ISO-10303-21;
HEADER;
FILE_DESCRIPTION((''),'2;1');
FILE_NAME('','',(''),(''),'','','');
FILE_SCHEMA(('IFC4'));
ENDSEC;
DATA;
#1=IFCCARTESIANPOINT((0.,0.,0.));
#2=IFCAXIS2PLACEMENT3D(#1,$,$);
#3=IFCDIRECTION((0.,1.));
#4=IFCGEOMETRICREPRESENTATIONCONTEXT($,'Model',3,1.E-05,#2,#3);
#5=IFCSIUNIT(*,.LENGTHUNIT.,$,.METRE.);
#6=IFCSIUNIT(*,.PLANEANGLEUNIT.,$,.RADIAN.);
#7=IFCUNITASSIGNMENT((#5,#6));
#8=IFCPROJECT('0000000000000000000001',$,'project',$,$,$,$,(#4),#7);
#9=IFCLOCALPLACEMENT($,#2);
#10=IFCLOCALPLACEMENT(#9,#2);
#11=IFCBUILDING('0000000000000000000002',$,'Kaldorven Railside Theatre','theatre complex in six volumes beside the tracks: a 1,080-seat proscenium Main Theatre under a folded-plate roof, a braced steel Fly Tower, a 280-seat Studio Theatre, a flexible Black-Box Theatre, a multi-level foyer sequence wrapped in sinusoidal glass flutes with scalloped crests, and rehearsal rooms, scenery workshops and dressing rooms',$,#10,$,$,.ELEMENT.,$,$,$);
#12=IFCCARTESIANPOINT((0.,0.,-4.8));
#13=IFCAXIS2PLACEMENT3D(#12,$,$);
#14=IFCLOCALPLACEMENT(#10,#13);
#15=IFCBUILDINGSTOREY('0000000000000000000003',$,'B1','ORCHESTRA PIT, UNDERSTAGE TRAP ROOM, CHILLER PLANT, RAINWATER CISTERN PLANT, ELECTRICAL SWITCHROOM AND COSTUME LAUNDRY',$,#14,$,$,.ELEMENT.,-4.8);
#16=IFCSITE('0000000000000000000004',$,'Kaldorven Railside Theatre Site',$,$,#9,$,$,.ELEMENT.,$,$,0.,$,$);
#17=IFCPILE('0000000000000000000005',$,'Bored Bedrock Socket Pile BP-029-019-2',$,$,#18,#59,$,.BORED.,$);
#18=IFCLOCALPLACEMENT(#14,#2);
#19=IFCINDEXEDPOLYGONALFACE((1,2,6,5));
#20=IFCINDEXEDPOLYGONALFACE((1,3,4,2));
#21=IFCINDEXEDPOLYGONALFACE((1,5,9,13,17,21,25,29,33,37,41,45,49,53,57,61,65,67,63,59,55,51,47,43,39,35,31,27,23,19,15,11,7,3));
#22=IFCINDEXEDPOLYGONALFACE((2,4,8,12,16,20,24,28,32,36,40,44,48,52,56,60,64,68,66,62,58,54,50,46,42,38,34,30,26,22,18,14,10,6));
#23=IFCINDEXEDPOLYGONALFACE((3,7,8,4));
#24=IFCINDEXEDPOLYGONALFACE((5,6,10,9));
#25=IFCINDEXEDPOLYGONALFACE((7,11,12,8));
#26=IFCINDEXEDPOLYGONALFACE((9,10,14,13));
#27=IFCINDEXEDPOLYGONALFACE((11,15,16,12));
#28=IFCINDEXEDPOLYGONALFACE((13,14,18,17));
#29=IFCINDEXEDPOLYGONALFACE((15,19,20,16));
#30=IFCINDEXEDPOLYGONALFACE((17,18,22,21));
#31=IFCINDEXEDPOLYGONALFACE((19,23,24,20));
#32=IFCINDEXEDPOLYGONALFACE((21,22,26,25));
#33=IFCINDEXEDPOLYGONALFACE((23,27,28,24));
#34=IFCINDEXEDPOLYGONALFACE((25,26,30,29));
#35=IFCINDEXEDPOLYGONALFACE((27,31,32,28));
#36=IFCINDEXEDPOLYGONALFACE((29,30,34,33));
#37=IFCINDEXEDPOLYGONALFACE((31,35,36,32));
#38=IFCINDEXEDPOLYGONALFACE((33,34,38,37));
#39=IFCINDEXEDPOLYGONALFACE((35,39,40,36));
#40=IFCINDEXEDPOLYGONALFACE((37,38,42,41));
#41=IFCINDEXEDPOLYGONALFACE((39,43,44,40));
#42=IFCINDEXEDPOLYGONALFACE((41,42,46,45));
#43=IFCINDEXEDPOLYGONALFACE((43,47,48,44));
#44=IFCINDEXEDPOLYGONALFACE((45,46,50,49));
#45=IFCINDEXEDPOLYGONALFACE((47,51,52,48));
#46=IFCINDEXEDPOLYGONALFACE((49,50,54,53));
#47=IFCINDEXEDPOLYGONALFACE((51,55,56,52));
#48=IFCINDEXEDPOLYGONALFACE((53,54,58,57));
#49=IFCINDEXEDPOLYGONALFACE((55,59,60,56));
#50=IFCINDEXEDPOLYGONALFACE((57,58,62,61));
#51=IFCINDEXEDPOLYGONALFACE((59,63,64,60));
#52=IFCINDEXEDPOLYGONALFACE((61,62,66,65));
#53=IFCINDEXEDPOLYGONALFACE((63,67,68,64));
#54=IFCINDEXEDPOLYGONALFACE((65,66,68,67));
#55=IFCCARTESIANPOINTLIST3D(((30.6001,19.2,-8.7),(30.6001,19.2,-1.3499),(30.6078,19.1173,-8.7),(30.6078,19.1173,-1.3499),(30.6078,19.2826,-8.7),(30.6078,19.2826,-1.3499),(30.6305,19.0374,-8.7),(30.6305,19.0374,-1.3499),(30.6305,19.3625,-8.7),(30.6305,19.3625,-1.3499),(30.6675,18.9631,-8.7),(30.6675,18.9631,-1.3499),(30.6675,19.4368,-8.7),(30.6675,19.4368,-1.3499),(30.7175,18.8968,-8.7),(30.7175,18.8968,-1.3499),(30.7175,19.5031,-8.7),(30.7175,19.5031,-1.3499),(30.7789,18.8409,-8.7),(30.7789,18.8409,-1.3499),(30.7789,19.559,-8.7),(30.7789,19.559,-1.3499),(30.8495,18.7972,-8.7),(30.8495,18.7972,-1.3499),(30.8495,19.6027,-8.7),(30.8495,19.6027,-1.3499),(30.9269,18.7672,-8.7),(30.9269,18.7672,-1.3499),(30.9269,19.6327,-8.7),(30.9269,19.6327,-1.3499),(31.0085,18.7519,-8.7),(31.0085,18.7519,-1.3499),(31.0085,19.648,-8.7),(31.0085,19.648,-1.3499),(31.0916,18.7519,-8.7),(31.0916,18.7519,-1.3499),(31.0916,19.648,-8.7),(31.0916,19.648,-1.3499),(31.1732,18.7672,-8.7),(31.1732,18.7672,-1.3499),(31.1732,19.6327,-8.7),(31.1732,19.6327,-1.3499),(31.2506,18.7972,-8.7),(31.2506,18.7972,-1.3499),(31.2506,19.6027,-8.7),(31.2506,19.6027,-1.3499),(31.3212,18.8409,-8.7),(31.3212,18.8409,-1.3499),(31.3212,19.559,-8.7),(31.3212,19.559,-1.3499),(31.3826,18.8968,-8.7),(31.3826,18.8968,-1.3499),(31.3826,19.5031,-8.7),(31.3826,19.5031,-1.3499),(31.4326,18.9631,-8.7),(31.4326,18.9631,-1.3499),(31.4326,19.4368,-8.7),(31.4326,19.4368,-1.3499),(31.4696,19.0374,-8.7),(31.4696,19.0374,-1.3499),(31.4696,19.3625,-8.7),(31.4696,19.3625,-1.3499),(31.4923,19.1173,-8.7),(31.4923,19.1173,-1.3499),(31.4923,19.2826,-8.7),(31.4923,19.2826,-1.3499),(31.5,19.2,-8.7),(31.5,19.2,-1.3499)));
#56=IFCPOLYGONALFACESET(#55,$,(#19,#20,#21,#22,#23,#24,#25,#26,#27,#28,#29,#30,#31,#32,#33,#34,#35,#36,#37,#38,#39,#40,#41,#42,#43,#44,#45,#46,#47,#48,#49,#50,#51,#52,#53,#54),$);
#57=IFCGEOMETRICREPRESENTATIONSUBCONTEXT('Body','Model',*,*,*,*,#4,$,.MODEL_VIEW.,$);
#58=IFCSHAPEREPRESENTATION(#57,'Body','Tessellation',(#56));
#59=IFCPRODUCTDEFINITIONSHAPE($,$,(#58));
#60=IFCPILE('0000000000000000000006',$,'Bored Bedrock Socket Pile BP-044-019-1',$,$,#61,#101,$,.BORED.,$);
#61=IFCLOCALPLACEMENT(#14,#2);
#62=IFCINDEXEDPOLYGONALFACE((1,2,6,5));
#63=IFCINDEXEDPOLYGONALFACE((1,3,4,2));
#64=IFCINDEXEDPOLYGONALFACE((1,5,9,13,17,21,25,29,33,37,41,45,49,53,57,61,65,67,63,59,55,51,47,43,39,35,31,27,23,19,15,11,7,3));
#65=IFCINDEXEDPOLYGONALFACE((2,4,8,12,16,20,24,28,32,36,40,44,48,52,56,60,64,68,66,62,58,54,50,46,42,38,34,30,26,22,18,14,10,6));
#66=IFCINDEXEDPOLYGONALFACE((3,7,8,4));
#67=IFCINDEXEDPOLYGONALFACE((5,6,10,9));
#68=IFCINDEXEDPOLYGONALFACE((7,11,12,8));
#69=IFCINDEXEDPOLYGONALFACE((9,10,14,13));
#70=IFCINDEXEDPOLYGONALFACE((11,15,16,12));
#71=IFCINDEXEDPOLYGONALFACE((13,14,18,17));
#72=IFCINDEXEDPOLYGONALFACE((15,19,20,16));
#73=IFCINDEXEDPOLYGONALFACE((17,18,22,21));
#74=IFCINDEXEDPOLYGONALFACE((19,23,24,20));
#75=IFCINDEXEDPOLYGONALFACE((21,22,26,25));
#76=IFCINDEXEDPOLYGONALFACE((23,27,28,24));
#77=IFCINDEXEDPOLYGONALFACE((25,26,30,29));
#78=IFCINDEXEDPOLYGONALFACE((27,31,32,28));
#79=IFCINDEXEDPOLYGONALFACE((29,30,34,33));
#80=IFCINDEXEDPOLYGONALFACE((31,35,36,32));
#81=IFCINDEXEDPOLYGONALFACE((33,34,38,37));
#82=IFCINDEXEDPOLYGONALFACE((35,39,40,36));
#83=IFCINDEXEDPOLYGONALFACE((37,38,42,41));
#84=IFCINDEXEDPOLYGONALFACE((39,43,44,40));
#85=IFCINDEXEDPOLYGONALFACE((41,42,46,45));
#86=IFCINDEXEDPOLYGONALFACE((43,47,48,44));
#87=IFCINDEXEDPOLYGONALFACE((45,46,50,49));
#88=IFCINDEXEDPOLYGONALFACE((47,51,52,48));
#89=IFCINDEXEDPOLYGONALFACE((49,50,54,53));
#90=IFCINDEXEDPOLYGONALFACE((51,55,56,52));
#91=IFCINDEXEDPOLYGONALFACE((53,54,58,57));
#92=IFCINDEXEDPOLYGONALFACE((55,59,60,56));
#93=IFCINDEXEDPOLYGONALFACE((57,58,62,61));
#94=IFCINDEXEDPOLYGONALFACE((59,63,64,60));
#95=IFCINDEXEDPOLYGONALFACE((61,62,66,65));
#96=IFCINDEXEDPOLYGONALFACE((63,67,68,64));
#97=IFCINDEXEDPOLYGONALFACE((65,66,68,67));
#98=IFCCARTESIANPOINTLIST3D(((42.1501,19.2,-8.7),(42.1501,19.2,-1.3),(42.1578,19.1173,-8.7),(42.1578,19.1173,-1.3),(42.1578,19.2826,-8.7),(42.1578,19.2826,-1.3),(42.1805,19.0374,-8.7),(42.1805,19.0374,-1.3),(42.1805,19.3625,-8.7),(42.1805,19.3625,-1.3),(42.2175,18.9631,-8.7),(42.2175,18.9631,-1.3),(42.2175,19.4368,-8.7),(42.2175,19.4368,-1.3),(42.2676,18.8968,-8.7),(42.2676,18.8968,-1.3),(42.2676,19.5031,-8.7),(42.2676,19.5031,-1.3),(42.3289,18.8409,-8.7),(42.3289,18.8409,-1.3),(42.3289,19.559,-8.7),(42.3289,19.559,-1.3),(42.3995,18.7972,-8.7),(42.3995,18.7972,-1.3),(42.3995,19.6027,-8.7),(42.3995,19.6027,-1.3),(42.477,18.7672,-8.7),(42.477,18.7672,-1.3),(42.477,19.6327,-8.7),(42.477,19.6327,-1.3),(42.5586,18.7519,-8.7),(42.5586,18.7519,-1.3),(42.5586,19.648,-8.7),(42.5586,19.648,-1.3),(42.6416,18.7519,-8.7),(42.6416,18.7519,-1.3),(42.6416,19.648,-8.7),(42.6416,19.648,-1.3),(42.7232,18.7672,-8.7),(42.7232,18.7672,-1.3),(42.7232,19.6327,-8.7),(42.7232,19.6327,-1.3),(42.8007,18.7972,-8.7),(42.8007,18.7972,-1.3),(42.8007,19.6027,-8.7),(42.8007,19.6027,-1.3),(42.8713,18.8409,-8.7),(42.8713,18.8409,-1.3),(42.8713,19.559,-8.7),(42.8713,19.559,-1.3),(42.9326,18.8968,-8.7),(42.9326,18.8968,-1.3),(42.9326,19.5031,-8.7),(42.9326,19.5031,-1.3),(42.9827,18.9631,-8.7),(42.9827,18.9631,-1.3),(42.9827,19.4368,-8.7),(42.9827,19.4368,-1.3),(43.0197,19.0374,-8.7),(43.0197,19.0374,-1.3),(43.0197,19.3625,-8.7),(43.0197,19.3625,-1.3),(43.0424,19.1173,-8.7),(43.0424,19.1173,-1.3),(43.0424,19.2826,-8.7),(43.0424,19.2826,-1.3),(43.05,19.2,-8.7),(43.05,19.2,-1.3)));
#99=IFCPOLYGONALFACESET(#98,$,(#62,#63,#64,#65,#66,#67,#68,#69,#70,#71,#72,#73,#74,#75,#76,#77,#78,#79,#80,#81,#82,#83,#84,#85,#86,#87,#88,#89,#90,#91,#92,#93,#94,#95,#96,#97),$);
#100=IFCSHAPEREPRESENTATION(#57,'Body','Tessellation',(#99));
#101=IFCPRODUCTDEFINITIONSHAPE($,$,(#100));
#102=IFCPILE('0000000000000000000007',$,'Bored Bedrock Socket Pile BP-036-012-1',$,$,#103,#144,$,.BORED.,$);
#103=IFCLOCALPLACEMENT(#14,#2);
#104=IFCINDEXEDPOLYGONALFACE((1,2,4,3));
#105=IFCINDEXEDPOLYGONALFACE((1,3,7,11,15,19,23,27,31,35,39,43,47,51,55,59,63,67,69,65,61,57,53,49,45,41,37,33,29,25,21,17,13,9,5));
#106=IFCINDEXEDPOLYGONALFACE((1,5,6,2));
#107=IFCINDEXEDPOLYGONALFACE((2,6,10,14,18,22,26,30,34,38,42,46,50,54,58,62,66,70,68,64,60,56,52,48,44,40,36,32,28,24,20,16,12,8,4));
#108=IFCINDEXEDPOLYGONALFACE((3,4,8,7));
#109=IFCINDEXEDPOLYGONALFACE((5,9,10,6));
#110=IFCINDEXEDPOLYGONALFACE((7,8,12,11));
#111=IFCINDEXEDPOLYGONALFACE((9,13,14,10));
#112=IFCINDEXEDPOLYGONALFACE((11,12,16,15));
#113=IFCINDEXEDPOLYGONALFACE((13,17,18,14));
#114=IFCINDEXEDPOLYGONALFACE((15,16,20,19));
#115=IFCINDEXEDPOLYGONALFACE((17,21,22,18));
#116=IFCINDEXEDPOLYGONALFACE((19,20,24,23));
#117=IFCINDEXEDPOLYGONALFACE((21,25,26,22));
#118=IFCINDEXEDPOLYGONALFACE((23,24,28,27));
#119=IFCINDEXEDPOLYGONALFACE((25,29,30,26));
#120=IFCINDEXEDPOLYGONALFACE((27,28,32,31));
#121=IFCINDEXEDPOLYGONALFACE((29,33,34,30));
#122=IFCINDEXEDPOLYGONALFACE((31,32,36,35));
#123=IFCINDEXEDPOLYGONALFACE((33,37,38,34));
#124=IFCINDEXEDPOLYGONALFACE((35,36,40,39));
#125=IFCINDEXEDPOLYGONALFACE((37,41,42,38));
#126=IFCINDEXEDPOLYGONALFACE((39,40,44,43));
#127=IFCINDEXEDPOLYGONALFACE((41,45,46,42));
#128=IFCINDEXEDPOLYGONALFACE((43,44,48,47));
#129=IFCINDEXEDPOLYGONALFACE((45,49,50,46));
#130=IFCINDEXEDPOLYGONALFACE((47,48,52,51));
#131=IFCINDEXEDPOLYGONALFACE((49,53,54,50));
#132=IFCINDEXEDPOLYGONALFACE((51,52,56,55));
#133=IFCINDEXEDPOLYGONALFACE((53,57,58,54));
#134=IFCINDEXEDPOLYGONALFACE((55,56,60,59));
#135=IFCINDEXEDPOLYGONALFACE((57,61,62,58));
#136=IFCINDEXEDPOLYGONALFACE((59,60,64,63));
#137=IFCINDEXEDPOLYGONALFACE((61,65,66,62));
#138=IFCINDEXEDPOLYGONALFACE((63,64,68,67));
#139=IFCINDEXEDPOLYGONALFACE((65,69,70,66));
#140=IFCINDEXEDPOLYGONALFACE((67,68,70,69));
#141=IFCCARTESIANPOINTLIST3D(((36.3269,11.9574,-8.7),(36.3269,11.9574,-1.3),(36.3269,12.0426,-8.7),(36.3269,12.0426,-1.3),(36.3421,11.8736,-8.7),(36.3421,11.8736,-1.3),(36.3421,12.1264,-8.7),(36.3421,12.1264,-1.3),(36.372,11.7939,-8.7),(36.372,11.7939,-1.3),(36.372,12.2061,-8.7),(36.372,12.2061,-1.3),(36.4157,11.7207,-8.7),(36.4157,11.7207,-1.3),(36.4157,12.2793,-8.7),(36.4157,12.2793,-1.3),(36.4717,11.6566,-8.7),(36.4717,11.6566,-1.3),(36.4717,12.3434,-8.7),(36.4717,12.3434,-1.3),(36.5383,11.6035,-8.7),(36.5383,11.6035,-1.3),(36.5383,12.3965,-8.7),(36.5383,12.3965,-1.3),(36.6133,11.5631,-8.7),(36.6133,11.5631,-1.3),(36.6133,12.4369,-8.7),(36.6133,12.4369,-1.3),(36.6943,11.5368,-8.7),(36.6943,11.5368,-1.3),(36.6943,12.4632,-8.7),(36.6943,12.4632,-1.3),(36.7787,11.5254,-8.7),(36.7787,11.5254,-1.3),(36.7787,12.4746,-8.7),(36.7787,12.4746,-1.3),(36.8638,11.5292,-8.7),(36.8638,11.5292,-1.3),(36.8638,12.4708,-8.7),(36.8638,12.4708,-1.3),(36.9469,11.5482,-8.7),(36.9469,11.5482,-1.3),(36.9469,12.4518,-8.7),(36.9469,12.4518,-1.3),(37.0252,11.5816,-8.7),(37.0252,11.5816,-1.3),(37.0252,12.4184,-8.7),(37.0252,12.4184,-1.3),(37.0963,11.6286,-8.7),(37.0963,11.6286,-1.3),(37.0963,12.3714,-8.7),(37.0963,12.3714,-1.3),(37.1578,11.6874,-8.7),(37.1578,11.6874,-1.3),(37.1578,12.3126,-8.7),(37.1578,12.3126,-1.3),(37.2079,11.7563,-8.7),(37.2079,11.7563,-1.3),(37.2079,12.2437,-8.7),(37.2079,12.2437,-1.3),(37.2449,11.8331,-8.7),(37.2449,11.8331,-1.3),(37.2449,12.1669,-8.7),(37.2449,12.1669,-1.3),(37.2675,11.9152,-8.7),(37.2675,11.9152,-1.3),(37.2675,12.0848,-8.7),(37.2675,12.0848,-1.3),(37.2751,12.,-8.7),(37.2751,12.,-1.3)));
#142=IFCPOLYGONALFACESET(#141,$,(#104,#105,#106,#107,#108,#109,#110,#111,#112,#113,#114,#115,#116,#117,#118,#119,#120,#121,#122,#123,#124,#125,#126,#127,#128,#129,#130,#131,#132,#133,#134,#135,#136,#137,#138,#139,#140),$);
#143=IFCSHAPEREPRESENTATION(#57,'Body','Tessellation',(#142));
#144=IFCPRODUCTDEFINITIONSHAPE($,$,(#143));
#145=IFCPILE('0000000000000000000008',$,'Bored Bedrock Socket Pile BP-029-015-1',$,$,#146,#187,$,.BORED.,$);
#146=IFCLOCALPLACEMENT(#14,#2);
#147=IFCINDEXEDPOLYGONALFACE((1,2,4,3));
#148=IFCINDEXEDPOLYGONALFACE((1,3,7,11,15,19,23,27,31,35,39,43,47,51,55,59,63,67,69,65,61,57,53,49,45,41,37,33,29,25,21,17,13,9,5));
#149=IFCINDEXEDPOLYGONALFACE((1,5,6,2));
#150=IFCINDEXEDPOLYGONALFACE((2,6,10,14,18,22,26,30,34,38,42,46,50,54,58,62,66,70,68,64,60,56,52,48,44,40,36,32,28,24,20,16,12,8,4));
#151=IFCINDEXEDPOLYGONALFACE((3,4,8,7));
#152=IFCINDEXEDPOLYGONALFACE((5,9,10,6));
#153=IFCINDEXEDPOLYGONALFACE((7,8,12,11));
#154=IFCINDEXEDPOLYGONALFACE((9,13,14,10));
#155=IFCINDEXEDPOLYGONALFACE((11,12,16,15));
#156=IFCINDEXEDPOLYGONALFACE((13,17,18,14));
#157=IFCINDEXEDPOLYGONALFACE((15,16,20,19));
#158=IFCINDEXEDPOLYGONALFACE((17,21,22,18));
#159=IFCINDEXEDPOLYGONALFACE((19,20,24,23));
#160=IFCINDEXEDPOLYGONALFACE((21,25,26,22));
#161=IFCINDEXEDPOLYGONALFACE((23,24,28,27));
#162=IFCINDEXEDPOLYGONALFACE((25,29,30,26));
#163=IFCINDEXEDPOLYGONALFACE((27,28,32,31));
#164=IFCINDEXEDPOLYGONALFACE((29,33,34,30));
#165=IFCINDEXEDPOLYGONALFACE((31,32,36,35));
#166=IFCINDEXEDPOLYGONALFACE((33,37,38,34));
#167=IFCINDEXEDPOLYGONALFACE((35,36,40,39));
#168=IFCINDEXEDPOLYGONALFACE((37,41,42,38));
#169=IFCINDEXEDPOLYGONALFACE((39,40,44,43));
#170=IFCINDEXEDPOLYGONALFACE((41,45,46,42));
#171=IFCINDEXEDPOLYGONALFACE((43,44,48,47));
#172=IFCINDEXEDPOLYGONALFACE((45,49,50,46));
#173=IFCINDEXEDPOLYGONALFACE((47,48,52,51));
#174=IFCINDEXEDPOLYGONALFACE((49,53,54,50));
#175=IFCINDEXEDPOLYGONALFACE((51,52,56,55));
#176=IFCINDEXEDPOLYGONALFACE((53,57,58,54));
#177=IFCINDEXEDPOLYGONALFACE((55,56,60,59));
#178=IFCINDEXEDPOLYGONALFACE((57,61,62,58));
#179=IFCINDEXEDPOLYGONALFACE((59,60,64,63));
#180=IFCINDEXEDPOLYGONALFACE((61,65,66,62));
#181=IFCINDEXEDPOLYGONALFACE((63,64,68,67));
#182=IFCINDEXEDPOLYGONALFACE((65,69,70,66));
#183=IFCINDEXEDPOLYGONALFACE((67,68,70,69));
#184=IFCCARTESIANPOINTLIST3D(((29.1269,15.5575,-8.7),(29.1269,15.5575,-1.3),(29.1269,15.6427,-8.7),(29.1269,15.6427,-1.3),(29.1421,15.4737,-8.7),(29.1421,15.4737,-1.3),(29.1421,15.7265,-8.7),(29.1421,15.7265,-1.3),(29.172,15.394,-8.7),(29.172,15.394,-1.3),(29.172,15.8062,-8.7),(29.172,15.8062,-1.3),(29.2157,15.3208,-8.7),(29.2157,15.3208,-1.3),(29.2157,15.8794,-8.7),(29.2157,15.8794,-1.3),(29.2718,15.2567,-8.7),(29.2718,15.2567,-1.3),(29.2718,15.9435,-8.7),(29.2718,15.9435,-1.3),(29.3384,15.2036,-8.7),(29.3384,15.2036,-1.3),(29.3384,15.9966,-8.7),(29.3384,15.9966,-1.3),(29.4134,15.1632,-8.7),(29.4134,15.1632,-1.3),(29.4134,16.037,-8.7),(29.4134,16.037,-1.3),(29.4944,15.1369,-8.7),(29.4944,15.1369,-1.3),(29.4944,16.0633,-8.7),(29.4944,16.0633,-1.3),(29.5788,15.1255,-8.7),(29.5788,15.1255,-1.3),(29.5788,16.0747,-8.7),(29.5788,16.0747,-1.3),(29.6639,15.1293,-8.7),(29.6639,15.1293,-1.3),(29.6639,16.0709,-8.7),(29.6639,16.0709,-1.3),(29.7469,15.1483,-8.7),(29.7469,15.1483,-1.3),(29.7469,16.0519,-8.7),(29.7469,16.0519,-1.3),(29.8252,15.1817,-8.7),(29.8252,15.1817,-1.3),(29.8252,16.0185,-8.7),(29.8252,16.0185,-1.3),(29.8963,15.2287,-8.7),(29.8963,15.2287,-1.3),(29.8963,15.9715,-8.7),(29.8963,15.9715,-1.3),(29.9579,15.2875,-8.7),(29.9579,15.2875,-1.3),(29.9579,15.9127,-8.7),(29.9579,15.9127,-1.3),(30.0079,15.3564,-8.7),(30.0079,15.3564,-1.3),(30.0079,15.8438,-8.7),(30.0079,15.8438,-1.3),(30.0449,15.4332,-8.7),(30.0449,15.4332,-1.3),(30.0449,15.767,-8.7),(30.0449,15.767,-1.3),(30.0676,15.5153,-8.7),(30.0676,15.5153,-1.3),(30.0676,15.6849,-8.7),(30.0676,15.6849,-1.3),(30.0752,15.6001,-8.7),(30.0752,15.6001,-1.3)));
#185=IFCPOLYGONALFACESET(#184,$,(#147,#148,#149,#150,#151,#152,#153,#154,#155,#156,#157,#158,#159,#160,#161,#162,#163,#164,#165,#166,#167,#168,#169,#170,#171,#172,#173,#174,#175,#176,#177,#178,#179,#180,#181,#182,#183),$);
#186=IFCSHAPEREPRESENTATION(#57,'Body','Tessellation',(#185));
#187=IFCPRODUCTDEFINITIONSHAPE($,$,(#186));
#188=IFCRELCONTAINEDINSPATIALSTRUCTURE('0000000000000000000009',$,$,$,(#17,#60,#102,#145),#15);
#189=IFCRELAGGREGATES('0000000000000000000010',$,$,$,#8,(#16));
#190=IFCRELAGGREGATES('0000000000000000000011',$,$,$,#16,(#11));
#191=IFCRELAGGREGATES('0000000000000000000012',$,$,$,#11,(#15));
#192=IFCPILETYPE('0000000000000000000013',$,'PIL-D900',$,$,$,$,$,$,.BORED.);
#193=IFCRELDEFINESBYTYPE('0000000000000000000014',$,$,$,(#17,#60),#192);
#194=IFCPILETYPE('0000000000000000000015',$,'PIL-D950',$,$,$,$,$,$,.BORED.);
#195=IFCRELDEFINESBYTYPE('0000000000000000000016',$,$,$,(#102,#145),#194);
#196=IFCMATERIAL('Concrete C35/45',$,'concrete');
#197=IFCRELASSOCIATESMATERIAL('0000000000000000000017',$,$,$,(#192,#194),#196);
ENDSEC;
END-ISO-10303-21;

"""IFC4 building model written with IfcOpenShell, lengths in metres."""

from ifc_helpers import new_model, si_unit, direction, frame, origin, origin_2d, place, context, subcontext, project, spatial, circle, extrude, material, material_profile, profile_set, type_object, element, save


model = new_model("IFC4")

# Units and contexts
model_context = context("Model", 3, precision=1e-05, world=origin(), true_north=direction((0.0, 1.0)))
body_context = subcontext(model_context, "Body", "Model", "MODEL_VIEW")
ifc_project = project(units=[si_unit("LENGTHUNIT", "METRE"), si_unit("PLANEANGLEUNIT", "RADIAN")], contexts=[model_context])

# Site, building, storey
site_placement = place(None, origin())
site = spatial("IfcSite", under=ifc_project, at=site_placement, Name="Kaldorven Railside Theatre Site", CompositionType="ELEMENT", RefElevation=0.0)
building_placement = place(site_placement, origin())
building = spatial("IfcBuilding", under=site, at=building_placement, Name="Kaldorven Railside Theatre", Description="theatre complex in six volumes beside the tracks: a 1,080-seat proscenium Main Theatre under a folded-plate roof, a braced steel Fly Tower, a 280-seat Studio Theatre, a flexible Black-Box Theatre, a multi-level foyer sequence wrapped in sinusoidal glass flutes with scalloped crests, and rehearsal rooms, scenery workshops and dressing rooms", CompositionType="ELEMENT")
storey_placement = place(building_placement, frame((0.0, 0.0, -4.8)))
storey = spatial("IfcBuildingStorey", under=building, at=storey_placement, Name="B1", Description="ORCHESTRA PIT, UNDERSTAGE TRAP ROOM, CHILLER PLANT, RAINWATER CISTERN PLANT, ELECTRICAL SWITCHROOM AND COSTUME LAUNDRY", CompositionType="ELEMENT", Elevation=-4.8)

# Piles
ifc_material_1 = material(Name="Concrete C35/45", Category="concrete")
ifc_material_profile_1 = material_profile(ifc_material_1, circle(Radius=0.45, at=origin_2d()), Name="BP D900")
ifc_profile_set_1 = profile_set([ifc_material_profile_1], Name="Concrete C35/45")
pile_type_1 = type_object("IfcPileType", Name="PIL-D900", PredefinedType="BORED", material=ifc_profile_set_1)
pile_1_placement = place(storey_placement, frame((31.05, 19.2, -1.3499), z_axis=(0.0, 0.0, -1.0), x_axis=(1.0, 0.0, 0.0)))
element("IfcPile", 1, at=pile_1_placement, inside=storey, type_object=pile_type_1, Name="Bored Bedrock Socket Pile BP-029-019-2", PredefinedType="BORED", context=body_context, shape_type="SweptSolid", body=[
    extrude(circle(Radius=0.45, at=origin_2d()), origin(), (0.0, 0.0, 1.0), 7.3501),
])
pile_2_placement = place(storey_placement, frame((42.6001, 19.2, -1.3), z_axis=(0.0, 0.0, -1.0), x_axis=(1.0, 0.0, 0.0)))
element("IfcPile", 2, at=pile_2_placement, inside=storey, type_object=pile_type_1, Name="Bored Bedrock Socket Pile BP-044-019-1", PredefinedType="BORED", context=body_context, shape_type="SweptSolid", body=[
    extrude(circle(Radius=0.45, at=origin_2d()), origin(), (0.0, 0.0, 1.0), 7.3999),
])
ifc_material_profile_2 = material_profile(ifc_material_1, circle(Radius=0.4751, at=origin_2d()), Name="BP D950")
ifc_profile_set_2 = profile_set([ifc_material_profile_2], Name="Concrete C35/45")
pile_type_2 = type_object("IfcPileType", Name="PIL-D950", PredefinedType="BORED", material=ifc_profile_set_2)
for number, where, z_axis, x_axis, name in (
    (3, (36.8, 12.0, -1.3), (0.0, 0.0, -1.0), (1.0, 0.0, 0.0), "Bored Bedrock Socket Pile BP-036-012-1"),
    (4, (29.6001, 15.6001, -1.3), (0.0, 0.0, -1.0), (1.0, 0.0, 0.0), "Bored Bedrock Socket Pile BP-029-015-1"),
):
    element("IfcPile", number, at=place(storey_placement, frame(where, z_axis=z_axis, x_axis=x_axis)), inside=storey, type_object=pile_type_2, Name=name, PredefinedType="BORED", context=body_context, shape_type="SweptSolid", body=[
        extrude(circle(Radius=0.4751, at=origin_2d()), origin(), (0.0, 0.0, 1.0), 7.3999),
    ])

save(model, "model.ifc")
